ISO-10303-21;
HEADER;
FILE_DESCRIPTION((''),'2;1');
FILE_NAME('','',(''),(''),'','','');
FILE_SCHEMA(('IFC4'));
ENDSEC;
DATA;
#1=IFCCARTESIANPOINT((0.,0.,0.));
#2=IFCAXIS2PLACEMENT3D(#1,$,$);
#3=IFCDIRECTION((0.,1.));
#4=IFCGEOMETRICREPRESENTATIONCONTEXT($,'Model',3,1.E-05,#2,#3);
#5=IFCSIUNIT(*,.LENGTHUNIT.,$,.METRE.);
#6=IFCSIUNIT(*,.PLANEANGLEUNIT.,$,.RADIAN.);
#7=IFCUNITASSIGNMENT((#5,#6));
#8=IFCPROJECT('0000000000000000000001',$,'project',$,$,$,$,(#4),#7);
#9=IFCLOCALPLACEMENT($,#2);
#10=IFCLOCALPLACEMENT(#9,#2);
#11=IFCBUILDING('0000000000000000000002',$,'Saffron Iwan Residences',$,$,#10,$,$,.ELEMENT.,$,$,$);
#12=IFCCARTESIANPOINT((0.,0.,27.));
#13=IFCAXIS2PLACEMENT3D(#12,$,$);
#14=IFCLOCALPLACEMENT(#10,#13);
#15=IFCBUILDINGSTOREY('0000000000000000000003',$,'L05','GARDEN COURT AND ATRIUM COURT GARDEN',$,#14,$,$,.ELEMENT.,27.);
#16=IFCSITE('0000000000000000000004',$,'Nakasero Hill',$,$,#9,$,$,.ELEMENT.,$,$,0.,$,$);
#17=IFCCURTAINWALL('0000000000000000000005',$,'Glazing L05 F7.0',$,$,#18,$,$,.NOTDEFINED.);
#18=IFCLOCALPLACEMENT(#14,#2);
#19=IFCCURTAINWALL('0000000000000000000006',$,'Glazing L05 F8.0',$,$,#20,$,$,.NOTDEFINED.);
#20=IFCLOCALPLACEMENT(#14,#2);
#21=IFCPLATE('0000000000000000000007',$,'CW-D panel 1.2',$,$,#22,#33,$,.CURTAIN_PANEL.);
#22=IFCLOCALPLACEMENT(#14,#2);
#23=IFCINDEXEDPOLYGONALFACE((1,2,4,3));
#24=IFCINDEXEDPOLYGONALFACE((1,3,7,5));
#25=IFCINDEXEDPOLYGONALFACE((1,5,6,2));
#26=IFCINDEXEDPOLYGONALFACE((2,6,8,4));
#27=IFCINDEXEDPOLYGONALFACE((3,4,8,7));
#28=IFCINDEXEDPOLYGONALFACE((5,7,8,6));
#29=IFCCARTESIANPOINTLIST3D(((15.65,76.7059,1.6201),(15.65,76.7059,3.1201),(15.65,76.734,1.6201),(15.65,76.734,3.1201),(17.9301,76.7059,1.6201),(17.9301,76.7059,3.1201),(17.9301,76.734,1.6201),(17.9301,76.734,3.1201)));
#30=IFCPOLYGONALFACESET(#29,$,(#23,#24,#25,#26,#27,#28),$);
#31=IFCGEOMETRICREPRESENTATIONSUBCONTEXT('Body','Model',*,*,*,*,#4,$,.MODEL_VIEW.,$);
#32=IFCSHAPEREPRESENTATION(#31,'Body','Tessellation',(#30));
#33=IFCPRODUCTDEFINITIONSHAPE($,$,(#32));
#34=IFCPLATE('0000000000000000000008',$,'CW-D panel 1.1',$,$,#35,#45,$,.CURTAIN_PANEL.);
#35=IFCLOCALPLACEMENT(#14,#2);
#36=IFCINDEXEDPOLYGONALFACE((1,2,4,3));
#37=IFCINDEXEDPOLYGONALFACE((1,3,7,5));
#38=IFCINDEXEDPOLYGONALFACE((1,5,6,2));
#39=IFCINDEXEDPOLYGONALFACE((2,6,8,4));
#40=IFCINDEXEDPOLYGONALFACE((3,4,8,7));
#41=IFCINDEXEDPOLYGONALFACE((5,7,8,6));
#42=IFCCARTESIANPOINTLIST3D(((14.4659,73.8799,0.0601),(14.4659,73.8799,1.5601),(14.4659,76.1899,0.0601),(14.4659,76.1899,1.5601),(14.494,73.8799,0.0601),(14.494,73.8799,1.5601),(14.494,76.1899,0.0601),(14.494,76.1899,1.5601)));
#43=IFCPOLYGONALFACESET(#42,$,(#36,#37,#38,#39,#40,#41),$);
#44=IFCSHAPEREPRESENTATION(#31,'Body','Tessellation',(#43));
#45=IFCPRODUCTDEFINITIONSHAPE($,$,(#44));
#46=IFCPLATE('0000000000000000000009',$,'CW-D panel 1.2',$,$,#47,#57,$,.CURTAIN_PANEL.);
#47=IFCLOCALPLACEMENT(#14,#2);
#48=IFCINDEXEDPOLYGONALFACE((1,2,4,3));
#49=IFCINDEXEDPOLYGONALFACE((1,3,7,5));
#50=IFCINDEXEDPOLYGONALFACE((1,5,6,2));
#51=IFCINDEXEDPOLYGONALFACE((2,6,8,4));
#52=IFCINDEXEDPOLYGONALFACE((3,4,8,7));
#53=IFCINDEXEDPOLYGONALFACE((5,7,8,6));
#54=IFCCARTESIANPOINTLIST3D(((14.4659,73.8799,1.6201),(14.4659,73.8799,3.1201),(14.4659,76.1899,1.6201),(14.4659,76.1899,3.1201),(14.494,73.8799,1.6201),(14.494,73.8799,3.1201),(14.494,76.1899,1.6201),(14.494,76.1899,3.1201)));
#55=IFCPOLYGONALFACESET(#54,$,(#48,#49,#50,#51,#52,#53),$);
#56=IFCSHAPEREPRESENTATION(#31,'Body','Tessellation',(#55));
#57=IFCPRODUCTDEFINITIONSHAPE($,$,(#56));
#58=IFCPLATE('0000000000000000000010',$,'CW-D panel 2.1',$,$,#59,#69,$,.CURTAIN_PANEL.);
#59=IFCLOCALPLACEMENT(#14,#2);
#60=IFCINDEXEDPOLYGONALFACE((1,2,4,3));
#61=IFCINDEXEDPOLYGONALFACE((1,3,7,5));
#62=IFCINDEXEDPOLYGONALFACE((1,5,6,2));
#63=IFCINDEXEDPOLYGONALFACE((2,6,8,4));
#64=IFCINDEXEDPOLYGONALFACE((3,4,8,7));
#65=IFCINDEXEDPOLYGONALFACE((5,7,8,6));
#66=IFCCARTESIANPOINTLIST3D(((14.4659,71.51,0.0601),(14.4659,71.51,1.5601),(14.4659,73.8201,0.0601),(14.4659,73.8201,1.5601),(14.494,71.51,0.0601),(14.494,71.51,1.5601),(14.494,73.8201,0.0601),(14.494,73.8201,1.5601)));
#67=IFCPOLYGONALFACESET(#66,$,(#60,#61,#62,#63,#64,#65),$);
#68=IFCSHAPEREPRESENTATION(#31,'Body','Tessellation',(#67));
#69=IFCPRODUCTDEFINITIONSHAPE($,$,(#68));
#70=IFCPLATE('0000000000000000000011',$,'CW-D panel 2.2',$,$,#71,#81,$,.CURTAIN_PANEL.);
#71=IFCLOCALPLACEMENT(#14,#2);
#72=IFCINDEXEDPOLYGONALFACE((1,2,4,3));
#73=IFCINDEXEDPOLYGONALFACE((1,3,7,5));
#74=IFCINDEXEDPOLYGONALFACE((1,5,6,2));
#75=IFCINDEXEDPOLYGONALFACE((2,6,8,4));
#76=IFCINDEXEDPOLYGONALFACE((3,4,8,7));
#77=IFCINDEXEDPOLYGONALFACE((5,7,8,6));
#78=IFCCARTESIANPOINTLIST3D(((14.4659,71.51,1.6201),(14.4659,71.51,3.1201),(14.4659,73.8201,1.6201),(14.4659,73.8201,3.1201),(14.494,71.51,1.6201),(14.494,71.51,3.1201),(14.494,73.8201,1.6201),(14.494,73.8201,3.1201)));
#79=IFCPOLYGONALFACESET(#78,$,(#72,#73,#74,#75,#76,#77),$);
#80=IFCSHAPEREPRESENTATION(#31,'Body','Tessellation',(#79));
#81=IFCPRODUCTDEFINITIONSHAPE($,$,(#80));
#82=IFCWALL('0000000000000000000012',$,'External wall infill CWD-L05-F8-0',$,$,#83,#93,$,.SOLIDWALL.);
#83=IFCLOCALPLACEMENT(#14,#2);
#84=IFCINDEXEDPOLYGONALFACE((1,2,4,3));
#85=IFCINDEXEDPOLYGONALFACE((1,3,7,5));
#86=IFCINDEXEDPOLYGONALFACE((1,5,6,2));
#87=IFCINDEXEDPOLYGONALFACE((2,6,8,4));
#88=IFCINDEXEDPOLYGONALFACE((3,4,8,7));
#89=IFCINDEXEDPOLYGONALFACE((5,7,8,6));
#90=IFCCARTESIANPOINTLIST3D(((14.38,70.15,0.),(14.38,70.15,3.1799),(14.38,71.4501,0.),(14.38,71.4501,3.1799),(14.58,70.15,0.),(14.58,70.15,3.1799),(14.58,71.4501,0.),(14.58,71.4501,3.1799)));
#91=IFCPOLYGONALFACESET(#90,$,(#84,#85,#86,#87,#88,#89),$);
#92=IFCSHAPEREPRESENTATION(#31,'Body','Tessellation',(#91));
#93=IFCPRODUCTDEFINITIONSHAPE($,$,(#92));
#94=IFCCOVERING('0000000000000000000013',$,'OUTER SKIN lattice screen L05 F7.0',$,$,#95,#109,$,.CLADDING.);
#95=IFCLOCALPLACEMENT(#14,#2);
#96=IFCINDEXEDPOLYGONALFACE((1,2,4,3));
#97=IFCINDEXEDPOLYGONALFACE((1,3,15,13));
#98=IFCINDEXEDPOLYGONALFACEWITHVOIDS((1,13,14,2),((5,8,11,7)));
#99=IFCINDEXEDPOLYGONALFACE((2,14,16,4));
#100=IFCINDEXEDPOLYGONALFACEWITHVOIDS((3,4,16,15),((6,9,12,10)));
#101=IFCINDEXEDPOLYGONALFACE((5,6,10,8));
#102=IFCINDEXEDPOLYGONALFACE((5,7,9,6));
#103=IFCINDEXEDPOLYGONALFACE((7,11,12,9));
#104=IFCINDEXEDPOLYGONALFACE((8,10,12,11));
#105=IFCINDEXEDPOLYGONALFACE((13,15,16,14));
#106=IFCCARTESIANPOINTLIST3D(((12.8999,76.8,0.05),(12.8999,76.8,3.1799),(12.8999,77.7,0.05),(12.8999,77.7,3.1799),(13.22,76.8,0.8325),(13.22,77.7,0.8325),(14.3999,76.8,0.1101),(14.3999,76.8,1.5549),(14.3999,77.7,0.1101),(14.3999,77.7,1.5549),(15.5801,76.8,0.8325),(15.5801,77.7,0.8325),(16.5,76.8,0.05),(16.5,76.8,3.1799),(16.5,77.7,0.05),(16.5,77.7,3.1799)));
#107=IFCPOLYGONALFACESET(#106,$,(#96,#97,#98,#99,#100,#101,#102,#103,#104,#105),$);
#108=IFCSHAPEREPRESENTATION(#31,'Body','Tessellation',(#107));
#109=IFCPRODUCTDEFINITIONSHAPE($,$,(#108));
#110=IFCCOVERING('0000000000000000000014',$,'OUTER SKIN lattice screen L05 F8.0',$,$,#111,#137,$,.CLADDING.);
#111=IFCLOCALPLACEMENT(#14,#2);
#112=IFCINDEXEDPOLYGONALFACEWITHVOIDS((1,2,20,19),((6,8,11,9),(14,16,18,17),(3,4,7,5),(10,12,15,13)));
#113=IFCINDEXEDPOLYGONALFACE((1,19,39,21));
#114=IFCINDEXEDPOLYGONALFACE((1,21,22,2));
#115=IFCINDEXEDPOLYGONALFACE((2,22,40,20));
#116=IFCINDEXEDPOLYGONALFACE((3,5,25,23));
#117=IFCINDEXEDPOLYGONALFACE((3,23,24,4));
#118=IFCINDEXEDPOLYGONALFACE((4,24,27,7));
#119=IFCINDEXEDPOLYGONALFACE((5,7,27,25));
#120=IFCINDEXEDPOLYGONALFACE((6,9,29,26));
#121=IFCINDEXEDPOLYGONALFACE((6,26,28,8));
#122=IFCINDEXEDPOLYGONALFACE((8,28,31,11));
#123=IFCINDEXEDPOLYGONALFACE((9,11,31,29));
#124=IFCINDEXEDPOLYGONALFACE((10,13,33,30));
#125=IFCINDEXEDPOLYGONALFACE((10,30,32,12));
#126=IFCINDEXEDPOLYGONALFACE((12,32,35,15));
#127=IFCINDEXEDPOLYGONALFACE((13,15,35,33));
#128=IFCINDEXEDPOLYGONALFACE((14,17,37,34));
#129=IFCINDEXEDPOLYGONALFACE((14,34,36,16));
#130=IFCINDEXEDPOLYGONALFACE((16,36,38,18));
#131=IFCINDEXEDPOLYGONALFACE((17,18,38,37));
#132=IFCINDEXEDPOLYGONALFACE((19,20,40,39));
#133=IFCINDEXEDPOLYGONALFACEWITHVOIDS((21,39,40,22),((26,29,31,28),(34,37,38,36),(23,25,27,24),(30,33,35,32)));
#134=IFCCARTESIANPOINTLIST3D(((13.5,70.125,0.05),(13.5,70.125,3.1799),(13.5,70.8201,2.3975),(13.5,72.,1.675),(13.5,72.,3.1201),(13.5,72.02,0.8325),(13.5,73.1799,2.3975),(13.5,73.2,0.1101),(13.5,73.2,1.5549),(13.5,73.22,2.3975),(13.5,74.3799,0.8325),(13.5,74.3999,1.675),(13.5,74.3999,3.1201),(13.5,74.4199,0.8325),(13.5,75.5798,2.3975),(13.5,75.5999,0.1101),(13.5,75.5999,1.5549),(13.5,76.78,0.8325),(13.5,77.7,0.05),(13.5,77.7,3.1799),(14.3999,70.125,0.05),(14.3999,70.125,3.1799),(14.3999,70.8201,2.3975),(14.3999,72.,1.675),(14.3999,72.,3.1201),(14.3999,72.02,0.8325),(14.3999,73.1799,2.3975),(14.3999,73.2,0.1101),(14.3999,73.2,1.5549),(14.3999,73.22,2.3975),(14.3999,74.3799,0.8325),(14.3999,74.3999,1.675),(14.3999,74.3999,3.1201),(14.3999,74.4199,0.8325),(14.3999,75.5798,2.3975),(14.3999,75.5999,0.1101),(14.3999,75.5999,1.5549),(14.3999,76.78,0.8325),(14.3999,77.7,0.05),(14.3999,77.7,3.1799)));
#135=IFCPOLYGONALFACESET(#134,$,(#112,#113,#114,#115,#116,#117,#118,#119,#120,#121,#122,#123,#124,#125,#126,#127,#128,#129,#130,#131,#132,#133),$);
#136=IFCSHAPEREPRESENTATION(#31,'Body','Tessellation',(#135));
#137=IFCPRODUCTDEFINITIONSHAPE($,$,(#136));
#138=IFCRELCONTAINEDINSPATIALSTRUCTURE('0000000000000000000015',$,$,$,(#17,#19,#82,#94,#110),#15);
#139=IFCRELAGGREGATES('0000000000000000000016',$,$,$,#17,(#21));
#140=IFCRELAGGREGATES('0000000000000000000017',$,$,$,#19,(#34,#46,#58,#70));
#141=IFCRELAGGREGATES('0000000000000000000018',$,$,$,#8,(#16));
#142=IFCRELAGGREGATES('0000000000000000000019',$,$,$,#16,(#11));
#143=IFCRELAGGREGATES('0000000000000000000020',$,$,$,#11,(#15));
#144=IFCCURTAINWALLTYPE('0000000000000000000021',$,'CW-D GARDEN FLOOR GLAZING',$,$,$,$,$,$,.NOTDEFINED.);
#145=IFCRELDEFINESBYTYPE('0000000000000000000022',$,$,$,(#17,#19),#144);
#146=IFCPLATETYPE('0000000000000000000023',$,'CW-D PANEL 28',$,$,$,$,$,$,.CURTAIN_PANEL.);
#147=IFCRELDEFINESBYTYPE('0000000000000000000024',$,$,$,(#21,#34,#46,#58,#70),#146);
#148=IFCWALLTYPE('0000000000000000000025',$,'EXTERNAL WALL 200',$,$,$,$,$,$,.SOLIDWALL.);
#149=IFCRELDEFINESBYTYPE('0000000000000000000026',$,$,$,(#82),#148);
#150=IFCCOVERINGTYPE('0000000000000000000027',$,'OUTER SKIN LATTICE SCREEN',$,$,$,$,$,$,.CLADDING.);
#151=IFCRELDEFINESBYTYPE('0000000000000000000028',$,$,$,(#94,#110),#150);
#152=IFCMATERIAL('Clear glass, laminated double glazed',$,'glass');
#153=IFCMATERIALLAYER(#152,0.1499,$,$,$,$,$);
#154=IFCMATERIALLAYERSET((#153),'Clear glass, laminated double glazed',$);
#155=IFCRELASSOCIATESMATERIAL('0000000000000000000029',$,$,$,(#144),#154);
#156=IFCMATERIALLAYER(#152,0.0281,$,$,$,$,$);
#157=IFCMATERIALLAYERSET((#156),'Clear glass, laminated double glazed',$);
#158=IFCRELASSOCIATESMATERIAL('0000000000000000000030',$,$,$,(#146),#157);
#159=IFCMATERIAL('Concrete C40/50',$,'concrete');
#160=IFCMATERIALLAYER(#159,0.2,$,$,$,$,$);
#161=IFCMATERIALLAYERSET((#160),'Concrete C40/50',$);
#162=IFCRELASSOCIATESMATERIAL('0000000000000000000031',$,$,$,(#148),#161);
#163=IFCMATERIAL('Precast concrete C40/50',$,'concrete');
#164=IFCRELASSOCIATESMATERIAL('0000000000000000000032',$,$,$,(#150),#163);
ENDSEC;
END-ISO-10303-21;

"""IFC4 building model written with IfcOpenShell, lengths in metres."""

from ifc_helpers import new_model, si_unit, direction, frame, frame_2d, origin, origin_2d, place, context, subcontext, project, spatial, polyline, rectangle, outline, extrude, source, transform, mapped, material, layer, layer_set, type_object, element, aggregate, save


model = new_model("IFC4")

# Units and contexts
model_context = context("Model", 3, precision=1e-05, world=origin(), true_north=direction((0.0, 1.0)))
body_context = subcontext(model_context, "Body", "Model", "MODEL_VIEW")
ifc_project = project(units=[si_unit("LENGTHUNIT", "METRE"), si_unit("PLANEANGLEUNIT", "RADIAN")], contexts=[model_context])

# Site, building, storey
site_placement = place(None, origin())
site = spatial("IfcSite", under=ifc_project, at=site_placement, Name="Nakasero Hill", CompositionType="ELEMENT", RefElevation=0.0)
building_placement = place(site_placement, origin())
building = spatial("IfcBuilding", under=site, at=building_placement, Name="Saffron Iwan Residences", CompositionType="ELEMENT")
storey_placement = place(building_placement, frame((0.0, 0.0, 27.0)))
storey = spatial("IfcBuildingStorey", under=building, at=storey_placement, Name="L05", Description="GARDEN COURT AND ATRIUM COURT GARDEN", CompositionType="ELEMENT", Elevation=27.0)

# Curtain wall
ifc_material_1 = material(Name="Clear glass, laminated double glazed", Category="glass")
ifc_layer_1 = layer(ifc_material_1, 0.1499)
ifc_layer_set_1 = layer_set([ifc_layer_1], Name="Clear glass, laminated double glazed")
curtain_wall_type = type_object("IfcCurtainWallType", Name="CW-D GARDEN FLOOR GLAZING", PredefinedType="NOTDEFINED", material=ifc_layer_set_1)
curtain_wall_1_placement = place(storey_placement, origin())
curtain_wall_1 = element("IfcCurtainWall", 1, at=curtain_wall_1_placement, inside=storey, type_object=curtain_wall_type, Name="Glazing L05 F7.0", PredefinedType="NOTDEFINED")

# Curtain wall
curtain_wall_2_placement = place(storey_placement, origin())
curtain_wall_2 = element("IfcCurtainWall", 2, at=curtain_wall_2_placement, inside=storey, type_object=curtain_wall_type, Name="Glazing L05 F8.0", PredefinedType="NOTDEFINED")

# Plates
ifc_layer_2 = layer(ifc_material_1, 0.0281)
ifc_layer_set_2 = layer_set([ifc_layer_2], Name="Clear glass, laminated double glazed")
plate_type = type_object("IfcPlateType", Name="CW-D PANEL 28", PredefinedType="CURTAIN_PANEL", material=ifc_layer_set_2)
shared_shape_1 = source(origin(), body_context, "Body", "SweptSolid", [
    extrude(rectangle(XDim=2.28, YDim=0.0281, at=origin_2d()), origin(), (0.0, 0.0, 1.0), 1.5),
])
plate_1_placement = place(storey_placement, frame((16.79, 76.72, 1.6201), z_axis=(0.0, 0.0, 1.0), x_axis=(-1.0, 0.0, 0.0)))
plate_1 = element("IfcPlate", 3, at=plate_1_placement, type_object=plate_type, Name="CW-D panel 1.2", PredefinedType="CURTAIN_PANEL", context=body_context, shape_type="MappedRepresentation", body=[
    mapped(shared_shape_1, transform((0.0, 0.0, 0.0))),
])
aggregate(curtain_wall_1, [plate_1])
shared_shape_2 = source(origin(), body_context, "Body", "SweptSolid", [
    extrude(rectangle(XDim=2.3101, YDim=0.0281, at=origin_2d()), origin(), (0.0, 0.0, 1.0), 1.5),
])
plate_2_placement = place(storey_placement, frame((14.48, 75.0349, 0.0601), z_axis=(0.0, 0.0, 1.0), x_axis=(0.0, -1.0, 0.0)))
plate_2 = element("IfcPlate", 4, at=plate_2_placement, type_object=plate_type, Name="CW-D panel 1.1", PredefinedType="CURTAIN_PANEL", context=body_context, shape_type="MappedRepresentation", body=[
    mapped(shared_shape_2, transform((0.0, 0.0, 0.0))),
])
plate_3_placement = place(storey_placement, frame((14.48, 75.0349, 1.6201), z_axis=(0.0, 0.0, 1.0), x_axis=(0.0, -1.0, 0.0)))
plate_3 = element("IfcPlate", 5, at=plate_3_placement, type_object=plate_type, Name="CW-D panel 1.2", PredefinedType="CURTAIN_PANEL", context=body_context, shape_type="MappedRepresentation", body=[
    mapped(shared_shape_2, transform((0.0, 0.0, 0.0))),
])
plate_4_placement = place(storey_placement, frame((14.48, 72.665, 0.0601), z_axis=(0.0, 0.0, 1.0), x_axis=(0.0, -1.0, 0.0)))
plate_4 = element("IfcPlate", 6, at=plate_4_placement, type_object=plate_type, Name="CW-D panel 2.1", PredefinedType="CURTAIN_PANEL", context=body_context, shape_type="MappedRepresentation", body=[
    mapped(shared_shape_2, transform((0.0, 0.0, 0.0))),
])
plate_5_placement = place(storey_placement, frame((14.48, 72.665, 1.6201), z_axis=(0.0, 0.0, 1.0), x_axis=(0.0, -1.0, 0.0)))
plate_5 = element("IfcPlate", 7, at=plate_5_placement, type_object=plate_type, Name="CW-D panel 2.2", PredefinedType="CURTAIN_PANEL", context=body_context, shape_type="MappedRepresentation", body=[
    mapped(shared_shape_2, transform((0.0, 0.0, 0.0))),
])
aggregate(curtain_wall_2, [plate_2, plate_3, plate_4, plate_5])

# Wall
ifc_material_2 = material(Name="Concrete C40/50", Category="concrete")
ifc_layer_3 = layer(ifc_material_2, 0.2)
ifc_layer_set_3 = layer_set([ifc_layer_3], Name="Concrete C40/50")
wall_type = type_object("IfcWallType", Name="EXTERNAL WALL 200", PredefinedType="SOLIDWALL", material=ifc_layer_set_3)
wall_placement = place(storey_placement, frame((14.48, 71.45, 0.0), z_axis=(0.0, 0.0, 1.0), x_axis=(0.0, -1.0, 0.0)))
element("IfcWall", 8, at=wall_placement, inside=storey, type_object=wall_type, Name="External wall infill CWD-L05-F8-0", PredefinedType="SOLIDWALL", context=body_context, shape_type="SweptSolid", body=[
    extrude(rectangle(XDim=1.3, YDim=0.2, at=frame_2d((0.6499, 0.0))), origin(), (0.0, 0.0, 1.0), 3.1799),
])

# Coverings
ifc_material_3 = material(Name="Precast concrete C40/50", Category="concrete")
covering_type = type_object("IfcCoveringType", Name="OUTER SKIN LATTICE SCREEN", PredefinedType="CLADDING", material=ifc_material_3)
covering_1_placement = place(storey_placement, frame((16.5, 76.8, 0.05), z_axis=(0.0, 1.0, 0.0), x_axis=(-1.0, 0.0, 0.0)))
element("IfcCovering", 9, at=covering_1_placement, inside=storey, type_object=covering_type, Name="OUTER SKIN lattice screen L05 F7.0", PredefinedType="CLADDING", context=body_context, shape_type="SweptSolid", body=[
    extrude(outline(polyline([(0.0, 0.0), (3.6001, 0.0), (3.6001, 3.1299), (0.0, 3.1299), (0.0, 0.0)]), holes=[polyline([(0.9199, 0.7825), (2.1001, 0.0601), (3.28, 0.7825), (2.1001, 1.5049), (0.9199, 0.7825)])]), origin(), (0.0, 0.0, 1.0), 0.8999),
])
covering_2_placement = place(storey_placement, frame((14.3999, 77.7, 0.05), z_axis=(-1.0, 0.0, 0.0), x_axis=(0.0, -1.0, 0.0)))
element("IfcCovering", 10, at=covering_2_placement, inside=storey, type_object=covering_type, Name="OUTER SKIN lattice screen L05 F8.0", PredefinedType="CLADDING", context=body_context, shape_type="SweptSolid", body=[
    extrude(outline(polyline([(0.0, 0.0), (7.575, 0.0), (7.575, 3.1299), (0.0, 3.1299), (0.0, 0.0)]), holes=[polyline([(0.9199, 0.7825), (2.1001, 0.0601), (3.28, 0.7825), (2.1001, 1.5049), (0.9199, 0.7825)]), polyline([(3.3201, 0.7825), (4.5, 0.0601), (5.6799, 0.7825), (4.5, 1.5049), (3.3201, 0.7825)]), polyline([(2.1201, 2.3474), (3.3, 1.625), (4.48, 2.3474), (3.3, 3.0701), (2.1201, 2.3474)]), polyline([(4.52, 2.3474), (5.7, 1.625), (6.8799, 2.3474), (5.7, 3.0701), (4.52, 2.3474)])]), origin(), (0.0, 0.0, 1.0), 0.8999),
])

save(model, "model.ifc")
